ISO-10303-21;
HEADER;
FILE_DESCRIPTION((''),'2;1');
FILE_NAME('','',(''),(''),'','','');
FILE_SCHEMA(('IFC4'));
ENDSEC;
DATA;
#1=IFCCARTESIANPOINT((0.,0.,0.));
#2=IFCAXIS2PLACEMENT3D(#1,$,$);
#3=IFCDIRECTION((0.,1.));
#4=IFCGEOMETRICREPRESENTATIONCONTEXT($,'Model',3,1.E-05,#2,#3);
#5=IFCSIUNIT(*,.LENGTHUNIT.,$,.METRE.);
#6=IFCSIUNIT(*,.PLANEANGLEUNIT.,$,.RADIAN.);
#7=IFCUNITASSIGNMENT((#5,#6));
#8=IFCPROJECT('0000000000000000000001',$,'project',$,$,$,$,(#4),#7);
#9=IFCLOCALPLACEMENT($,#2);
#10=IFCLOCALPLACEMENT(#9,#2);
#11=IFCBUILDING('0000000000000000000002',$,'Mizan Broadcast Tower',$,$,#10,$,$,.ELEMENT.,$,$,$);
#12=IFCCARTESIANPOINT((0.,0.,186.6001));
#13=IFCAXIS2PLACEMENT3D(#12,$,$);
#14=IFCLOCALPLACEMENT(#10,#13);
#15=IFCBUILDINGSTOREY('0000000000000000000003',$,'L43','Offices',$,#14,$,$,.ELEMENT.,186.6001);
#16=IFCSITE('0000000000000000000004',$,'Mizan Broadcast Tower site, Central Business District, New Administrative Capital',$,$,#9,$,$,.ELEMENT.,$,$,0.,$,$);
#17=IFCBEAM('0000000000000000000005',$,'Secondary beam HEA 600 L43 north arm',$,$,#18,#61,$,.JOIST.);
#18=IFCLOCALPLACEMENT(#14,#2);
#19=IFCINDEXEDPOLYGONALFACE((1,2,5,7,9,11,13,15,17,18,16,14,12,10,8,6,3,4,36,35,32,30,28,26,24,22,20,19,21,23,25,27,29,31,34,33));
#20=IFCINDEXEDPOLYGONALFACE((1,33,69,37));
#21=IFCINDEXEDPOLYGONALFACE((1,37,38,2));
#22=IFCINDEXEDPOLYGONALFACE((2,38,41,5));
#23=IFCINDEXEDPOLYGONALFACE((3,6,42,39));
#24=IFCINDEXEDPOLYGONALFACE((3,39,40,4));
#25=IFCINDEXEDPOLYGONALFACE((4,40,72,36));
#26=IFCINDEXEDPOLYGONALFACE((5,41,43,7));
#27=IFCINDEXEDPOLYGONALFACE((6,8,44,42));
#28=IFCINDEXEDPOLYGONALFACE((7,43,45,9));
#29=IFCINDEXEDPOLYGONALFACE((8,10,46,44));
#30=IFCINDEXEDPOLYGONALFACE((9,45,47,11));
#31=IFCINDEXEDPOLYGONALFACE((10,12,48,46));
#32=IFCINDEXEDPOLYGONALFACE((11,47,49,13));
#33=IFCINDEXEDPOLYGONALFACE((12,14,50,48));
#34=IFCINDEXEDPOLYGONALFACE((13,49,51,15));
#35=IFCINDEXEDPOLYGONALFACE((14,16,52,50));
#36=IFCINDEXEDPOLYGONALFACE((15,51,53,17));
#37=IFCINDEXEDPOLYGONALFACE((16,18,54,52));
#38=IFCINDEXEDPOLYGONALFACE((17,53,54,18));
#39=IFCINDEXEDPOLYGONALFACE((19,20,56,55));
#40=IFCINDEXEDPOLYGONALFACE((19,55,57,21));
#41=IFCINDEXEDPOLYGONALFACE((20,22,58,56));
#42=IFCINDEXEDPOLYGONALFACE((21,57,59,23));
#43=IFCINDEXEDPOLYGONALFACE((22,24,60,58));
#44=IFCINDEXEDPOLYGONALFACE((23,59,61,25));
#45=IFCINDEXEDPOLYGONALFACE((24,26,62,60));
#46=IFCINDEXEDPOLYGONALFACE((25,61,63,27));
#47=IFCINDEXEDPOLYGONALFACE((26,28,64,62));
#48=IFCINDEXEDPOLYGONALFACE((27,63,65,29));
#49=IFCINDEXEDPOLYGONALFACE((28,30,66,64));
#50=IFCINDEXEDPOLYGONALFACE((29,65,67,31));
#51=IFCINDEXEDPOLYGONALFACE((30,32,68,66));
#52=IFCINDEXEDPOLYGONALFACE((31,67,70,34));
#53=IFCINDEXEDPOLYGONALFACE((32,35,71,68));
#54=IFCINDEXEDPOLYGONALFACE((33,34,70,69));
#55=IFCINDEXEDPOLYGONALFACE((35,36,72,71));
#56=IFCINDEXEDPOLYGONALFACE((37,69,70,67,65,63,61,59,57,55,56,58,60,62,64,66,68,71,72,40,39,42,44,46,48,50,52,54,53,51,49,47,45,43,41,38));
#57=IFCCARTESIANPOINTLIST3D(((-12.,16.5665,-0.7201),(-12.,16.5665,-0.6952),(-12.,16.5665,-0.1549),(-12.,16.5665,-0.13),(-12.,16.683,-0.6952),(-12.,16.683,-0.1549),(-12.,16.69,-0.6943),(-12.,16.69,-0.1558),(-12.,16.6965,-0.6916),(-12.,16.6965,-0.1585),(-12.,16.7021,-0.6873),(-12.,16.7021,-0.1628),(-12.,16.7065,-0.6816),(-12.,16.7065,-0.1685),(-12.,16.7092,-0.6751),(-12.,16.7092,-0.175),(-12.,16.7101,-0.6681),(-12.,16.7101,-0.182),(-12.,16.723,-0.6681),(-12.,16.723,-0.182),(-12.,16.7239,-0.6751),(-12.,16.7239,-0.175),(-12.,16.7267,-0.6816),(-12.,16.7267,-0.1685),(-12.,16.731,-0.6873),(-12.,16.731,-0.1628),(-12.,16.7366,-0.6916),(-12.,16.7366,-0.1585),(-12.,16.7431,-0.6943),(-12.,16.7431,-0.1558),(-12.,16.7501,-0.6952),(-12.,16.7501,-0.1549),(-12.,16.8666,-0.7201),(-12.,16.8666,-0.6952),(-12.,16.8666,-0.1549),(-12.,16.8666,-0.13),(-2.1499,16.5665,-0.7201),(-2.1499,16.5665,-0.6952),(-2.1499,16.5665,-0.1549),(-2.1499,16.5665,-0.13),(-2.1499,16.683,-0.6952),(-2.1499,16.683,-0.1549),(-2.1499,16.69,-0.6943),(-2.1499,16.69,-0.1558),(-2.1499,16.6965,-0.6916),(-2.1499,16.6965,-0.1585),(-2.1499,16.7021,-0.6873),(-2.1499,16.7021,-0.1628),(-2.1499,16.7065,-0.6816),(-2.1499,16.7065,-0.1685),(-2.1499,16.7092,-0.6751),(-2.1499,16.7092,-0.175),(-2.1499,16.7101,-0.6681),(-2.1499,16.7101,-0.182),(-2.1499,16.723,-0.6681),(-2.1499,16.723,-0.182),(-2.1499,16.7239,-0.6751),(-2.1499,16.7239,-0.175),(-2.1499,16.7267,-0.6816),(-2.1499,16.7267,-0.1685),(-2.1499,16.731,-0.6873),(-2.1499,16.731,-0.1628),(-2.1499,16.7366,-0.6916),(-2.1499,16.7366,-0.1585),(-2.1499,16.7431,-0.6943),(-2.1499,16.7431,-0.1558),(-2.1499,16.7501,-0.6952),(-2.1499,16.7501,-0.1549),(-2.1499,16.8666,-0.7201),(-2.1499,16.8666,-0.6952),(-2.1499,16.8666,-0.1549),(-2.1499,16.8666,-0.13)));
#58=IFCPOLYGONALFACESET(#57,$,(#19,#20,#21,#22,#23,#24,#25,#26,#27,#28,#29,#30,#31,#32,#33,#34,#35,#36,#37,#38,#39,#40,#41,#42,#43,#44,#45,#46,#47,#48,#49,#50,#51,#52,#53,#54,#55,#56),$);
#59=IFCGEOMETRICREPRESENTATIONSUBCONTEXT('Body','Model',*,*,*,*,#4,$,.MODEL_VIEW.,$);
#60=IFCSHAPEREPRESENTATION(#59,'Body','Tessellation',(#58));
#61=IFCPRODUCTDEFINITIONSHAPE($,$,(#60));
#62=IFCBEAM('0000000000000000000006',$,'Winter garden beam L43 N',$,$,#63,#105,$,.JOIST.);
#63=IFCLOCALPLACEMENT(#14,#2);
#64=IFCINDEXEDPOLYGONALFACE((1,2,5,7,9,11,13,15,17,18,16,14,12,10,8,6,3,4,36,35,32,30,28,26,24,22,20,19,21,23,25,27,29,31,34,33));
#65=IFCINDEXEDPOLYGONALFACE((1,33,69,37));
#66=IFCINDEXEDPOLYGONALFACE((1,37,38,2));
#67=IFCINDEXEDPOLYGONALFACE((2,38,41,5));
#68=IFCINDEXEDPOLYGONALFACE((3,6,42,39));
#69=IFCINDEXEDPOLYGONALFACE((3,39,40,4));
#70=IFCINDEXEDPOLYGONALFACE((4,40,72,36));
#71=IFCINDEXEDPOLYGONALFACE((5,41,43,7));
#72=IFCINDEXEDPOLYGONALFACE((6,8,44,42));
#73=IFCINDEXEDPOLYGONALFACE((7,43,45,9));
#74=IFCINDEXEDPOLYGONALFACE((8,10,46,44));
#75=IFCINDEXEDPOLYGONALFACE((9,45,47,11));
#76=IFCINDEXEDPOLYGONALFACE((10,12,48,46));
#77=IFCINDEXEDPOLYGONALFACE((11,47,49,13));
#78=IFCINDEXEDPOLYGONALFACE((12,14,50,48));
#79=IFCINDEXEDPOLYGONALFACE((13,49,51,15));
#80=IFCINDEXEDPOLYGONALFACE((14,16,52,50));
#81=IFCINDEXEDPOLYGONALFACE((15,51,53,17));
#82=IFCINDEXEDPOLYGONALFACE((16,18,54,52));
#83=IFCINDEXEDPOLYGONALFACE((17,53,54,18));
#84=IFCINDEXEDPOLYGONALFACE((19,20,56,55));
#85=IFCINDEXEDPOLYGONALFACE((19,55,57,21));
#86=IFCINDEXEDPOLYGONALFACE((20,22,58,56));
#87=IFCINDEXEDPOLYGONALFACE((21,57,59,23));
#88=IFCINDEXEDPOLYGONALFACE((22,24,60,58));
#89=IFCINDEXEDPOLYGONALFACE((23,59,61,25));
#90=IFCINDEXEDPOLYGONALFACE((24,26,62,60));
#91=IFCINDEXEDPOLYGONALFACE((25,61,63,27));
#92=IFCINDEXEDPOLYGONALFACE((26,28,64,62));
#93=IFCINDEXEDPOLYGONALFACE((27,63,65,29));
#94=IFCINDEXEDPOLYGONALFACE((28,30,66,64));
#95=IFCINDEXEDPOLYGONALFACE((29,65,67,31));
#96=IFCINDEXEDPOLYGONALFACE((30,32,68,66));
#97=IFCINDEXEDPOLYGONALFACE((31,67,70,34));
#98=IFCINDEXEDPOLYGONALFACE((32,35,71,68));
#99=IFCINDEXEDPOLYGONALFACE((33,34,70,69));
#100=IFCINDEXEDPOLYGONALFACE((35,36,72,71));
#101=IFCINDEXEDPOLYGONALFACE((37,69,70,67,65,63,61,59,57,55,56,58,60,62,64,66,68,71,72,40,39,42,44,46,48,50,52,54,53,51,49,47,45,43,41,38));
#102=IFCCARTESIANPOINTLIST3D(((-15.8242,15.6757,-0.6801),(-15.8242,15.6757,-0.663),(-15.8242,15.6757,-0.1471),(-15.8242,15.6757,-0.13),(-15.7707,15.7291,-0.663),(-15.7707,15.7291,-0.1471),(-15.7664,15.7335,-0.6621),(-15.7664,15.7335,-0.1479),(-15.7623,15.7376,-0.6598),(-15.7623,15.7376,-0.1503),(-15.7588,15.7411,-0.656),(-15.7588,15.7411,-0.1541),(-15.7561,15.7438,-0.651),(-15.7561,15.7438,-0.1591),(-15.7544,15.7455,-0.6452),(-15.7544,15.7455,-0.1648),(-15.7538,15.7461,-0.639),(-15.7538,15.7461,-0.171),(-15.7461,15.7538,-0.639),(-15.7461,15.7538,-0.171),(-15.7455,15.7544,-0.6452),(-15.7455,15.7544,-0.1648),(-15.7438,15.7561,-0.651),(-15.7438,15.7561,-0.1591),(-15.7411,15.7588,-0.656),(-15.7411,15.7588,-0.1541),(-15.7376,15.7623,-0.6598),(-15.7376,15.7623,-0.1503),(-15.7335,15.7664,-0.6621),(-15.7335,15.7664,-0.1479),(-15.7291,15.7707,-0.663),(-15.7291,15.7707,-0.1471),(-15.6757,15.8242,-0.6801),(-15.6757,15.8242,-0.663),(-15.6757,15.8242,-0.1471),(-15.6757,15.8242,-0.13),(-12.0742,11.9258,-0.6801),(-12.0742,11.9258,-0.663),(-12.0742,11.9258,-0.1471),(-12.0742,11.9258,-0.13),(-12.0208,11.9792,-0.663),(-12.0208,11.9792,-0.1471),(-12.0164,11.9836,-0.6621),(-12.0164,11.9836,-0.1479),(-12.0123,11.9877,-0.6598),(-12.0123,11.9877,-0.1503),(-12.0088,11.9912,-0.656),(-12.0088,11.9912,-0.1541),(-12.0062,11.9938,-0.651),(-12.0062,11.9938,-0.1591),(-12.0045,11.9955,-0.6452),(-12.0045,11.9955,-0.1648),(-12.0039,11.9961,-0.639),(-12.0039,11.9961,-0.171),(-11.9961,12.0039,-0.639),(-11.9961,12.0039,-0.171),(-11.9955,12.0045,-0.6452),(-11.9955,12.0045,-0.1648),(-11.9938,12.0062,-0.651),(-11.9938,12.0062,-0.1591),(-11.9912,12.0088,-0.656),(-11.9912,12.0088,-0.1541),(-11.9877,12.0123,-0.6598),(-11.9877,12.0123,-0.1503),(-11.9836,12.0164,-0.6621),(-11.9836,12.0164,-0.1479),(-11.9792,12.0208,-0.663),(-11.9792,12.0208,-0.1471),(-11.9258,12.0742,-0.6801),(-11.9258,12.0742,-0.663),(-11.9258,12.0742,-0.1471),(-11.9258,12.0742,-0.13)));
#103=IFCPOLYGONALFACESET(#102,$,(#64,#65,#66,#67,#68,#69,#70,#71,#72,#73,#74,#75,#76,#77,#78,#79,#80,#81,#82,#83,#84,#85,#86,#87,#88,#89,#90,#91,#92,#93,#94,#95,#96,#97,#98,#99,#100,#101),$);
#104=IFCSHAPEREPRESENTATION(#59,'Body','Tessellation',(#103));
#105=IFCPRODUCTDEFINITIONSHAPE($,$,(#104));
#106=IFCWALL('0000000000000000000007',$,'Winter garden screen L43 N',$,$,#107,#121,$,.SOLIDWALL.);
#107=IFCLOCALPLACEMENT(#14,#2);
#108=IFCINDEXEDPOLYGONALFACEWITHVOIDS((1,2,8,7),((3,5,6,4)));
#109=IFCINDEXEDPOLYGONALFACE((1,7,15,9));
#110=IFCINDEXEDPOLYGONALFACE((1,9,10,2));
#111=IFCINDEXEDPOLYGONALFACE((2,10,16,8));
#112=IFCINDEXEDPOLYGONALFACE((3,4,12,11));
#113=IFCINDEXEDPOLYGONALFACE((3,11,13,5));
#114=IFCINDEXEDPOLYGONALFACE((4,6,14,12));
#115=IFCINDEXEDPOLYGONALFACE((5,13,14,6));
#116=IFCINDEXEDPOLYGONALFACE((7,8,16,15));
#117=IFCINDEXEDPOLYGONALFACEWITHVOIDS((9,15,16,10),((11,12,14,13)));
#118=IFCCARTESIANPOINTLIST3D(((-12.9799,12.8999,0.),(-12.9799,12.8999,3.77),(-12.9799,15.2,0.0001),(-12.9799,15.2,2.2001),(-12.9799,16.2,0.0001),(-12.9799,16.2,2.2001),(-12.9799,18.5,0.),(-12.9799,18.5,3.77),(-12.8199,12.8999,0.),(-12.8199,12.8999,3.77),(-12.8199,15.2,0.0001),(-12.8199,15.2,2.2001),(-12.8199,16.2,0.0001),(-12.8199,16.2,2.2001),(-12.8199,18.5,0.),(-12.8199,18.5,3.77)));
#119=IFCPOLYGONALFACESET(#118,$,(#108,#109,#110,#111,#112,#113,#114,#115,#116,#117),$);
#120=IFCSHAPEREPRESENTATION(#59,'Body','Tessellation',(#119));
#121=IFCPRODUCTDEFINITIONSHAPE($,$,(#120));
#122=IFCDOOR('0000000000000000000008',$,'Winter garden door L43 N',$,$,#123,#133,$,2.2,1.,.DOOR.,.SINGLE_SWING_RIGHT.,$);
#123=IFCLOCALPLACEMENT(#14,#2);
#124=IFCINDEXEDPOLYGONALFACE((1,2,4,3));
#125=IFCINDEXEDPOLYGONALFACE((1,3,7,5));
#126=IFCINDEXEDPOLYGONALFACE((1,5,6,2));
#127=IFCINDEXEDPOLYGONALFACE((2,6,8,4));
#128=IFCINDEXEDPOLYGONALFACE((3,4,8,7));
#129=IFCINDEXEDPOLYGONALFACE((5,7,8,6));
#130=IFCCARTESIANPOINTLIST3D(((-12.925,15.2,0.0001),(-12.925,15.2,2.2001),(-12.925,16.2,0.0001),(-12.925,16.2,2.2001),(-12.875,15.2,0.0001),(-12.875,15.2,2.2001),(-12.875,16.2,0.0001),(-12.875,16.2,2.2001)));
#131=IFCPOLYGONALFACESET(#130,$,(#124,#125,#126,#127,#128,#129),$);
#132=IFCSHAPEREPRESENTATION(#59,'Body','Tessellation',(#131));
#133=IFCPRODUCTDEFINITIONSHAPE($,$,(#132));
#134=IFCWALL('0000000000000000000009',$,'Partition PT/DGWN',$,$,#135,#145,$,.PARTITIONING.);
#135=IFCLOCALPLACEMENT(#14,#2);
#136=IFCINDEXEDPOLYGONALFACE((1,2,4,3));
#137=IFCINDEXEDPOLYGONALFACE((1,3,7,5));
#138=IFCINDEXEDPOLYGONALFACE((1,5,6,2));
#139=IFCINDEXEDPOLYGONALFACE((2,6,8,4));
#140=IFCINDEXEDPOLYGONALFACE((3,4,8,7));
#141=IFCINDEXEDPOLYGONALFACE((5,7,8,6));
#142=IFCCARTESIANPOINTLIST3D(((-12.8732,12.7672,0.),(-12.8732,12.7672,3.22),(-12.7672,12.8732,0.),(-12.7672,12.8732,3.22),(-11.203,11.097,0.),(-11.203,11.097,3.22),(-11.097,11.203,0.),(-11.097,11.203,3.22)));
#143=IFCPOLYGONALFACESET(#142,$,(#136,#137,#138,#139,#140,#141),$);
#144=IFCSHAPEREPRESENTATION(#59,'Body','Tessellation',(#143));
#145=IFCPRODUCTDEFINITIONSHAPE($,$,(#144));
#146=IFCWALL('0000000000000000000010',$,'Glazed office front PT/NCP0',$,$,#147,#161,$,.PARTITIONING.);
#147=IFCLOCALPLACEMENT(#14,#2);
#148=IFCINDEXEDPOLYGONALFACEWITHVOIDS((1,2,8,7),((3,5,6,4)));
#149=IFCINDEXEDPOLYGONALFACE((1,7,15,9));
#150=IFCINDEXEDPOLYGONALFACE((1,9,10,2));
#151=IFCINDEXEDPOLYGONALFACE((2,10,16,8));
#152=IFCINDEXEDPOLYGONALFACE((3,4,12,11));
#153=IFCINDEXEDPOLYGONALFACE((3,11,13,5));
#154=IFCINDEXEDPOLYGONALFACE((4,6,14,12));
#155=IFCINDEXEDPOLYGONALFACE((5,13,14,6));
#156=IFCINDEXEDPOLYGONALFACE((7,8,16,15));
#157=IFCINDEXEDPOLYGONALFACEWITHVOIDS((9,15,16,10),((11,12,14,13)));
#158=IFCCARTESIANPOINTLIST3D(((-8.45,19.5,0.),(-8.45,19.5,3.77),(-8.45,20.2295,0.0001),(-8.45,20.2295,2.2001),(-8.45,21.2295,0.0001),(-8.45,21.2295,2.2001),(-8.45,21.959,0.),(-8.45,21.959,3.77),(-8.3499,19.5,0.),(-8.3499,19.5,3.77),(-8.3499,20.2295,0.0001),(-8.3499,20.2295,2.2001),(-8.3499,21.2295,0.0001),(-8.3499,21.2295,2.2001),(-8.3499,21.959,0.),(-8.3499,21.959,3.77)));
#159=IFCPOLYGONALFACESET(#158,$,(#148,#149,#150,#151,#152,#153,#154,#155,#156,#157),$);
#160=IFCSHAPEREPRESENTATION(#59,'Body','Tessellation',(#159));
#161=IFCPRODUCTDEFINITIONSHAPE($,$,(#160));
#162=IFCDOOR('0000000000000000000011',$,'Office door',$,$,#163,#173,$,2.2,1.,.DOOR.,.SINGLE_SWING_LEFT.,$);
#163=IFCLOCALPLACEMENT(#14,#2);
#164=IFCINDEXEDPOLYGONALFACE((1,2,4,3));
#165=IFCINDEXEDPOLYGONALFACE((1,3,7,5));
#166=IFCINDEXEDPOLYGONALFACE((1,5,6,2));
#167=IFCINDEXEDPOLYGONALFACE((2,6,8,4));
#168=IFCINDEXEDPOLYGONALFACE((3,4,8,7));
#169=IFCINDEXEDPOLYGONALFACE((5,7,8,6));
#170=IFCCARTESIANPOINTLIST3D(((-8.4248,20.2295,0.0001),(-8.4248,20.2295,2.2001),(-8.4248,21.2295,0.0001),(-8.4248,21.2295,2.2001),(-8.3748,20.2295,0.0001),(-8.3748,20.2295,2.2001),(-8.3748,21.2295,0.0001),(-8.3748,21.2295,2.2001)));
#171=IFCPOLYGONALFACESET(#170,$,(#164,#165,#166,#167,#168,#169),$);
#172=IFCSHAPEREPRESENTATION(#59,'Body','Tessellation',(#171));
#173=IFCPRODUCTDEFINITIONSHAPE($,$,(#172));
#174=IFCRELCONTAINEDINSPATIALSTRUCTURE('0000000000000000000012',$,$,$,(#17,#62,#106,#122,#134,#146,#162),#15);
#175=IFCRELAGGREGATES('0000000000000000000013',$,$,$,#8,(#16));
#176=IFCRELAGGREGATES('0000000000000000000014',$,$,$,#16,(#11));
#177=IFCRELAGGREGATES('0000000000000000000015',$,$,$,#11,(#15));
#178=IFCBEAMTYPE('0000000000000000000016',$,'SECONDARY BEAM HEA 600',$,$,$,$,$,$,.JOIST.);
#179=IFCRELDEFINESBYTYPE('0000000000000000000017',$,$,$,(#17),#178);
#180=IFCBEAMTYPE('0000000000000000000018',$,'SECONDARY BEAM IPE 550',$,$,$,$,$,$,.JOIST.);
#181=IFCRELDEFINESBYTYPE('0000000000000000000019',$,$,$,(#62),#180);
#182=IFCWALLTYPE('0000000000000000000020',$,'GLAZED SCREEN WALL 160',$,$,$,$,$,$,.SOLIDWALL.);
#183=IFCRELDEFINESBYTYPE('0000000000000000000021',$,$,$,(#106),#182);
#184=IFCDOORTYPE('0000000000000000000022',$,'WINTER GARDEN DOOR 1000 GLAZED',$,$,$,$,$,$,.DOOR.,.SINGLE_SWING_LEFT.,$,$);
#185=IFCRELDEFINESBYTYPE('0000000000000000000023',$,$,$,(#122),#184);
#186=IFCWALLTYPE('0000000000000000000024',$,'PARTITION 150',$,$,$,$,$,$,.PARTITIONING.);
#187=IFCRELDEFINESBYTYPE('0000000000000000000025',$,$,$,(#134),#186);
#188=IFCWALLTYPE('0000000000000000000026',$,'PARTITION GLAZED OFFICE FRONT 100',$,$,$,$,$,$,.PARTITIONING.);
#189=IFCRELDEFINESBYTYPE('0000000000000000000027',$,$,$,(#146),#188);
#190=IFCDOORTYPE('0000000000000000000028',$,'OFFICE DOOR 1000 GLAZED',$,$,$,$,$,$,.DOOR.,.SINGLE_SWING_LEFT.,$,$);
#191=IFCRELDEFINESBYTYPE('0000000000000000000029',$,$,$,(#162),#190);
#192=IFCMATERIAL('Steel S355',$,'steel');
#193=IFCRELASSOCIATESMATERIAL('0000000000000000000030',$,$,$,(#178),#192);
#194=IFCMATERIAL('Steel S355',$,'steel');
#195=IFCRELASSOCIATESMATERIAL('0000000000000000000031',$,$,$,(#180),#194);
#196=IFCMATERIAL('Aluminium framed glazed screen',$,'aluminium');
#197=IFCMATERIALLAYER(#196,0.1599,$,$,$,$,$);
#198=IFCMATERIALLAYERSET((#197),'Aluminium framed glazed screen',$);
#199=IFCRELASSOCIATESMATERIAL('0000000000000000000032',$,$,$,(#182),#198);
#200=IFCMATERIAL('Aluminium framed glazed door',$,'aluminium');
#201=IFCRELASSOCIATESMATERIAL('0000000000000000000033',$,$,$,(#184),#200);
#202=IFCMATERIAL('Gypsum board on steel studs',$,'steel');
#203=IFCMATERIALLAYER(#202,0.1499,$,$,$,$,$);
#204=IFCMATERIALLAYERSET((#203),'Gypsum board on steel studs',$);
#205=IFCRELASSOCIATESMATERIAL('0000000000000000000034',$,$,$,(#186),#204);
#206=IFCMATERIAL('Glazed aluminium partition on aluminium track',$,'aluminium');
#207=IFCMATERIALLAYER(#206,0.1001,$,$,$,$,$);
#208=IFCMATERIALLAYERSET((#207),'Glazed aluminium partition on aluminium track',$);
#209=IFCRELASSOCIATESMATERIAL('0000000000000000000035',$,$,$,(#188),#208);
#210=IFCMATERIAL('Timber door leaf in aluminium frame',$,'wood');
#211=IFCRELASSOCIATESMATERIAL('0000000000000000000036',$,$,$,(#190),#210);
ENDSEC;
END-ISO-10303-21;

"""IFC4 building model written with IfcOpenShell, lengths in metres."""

from ifc_helpers import new_model, si_unit, direction, frame, frame_2d, origin, origin_2d, place, context, subcontext, project, spatial, rectangle, i_section, extrude, material, layer, layer_set, material_profile, profile_set, type_object, element, fill, save


model = new_model("IFC4")

# Units and contexts
model_context = context("Model", 3, precision=1e-05, world=origin(), true_north=direction((0.0, 1.0)))
body_context = subcontext(model_context, "Body", "Model", "MODEL_VIEW")
ifc_project = project(units=[si_unit("LENGTHUNIT", "METRE"), si_unit("PLANEANGLEUNIT", "RADIAN")], contexts=[model_context])

# Site, building, storey
site_placement = place(None, origin())
site = spatial("IfcSite", under=ifc_project, at=site_placement, Name="Mizan Broadcast Tower site, Central Business District, New Administrative Capital", CompositionType="ELEMENT", RefElevation=0.0)
building_placement = place(site_placement, origin())
building = spatial("IfcBuilding", under=site, at=building_placement, Name="Mizan Broadcast Tower", CompositionType="ELEMENT")
storey_placement = place(building_placement, frame((0.0, 0.0, 186.6001)))
storey = spatial("IfcBuildingStorey", under=building, at=storey_placement, Name="L43", Description="Offices", CompositionType="ELEMENT", Elevation=186.6001)

# Beams
ifc_material_1 = material(Name="Steel S355", Category="steel")
ifc_material_profile_1 = material_profile(ifc_material_1, i_section(OverallWidth=0.3, OverallDepth=0.5901, WebThickness=0.0129, FlangeThickness=0.0249, FilletRadius=0.0271, at=origin_2d()), Name="HEA 600")
ifc_profile_set_1 = profile_set([ifc_material_profile_1], Name="Steel S355")
beam_type_1 = type_object("IfcBeamType", Name="SECONDARY BEAM HEA 600", PredefinedType="JOIST", material=ifc_profile_set_1)
for number, where, z_axis, x_axis, name in (
    (1, (-12.0, 16.7166, -0.425), (1.0, 0.0, 0.0), (0.0, 1.0, 0.0), "Secondary beam HEA 600 L43 north arm"),
):
    element("IfcBeam", number, at=place(storey_placement, frame(where, z_axis=z_axis, x_axis=x_axis)), inside=storey, type_object=beam_type_1, Name=name, PredefinedType="JOIST", context=body_context, shape_type="SweptSolid", body=[
        extrude(i_section(OverallWidth=0.3, OverallDepth=0.5901, WebThickness=0.0129, FlangeThickness=0.0249, FilletRadius=0.0271, at=origin_2d()), origin(), (0.0, 0.0, 1.0), 9.8501),
    ])
ifc_material_2 = material(Name="Steel S355", Category="steel")
ifc_material_profile_2 = material_profile(ifc_material_2, i_section(OverallWidth=0.21, OverallDepth=0.55, WebThickness=0.011, FlangeThickness=0.0171, FilletRadius=0.0239, at=origin_2d()), Name="IPE 550")
ifc_profile_set_2 = profile_set([ifc_material_profile_2], Name="Steel S355")
beam_type_2 = type_object("IfcBeamType", Name="SECONDARY BEAM IPE 550", PredefinedType="JOIST", material=ifc_profile_set_2)
beam_1_placement = place(storey_placement, frame((-12.0, 12.0, -0.405), z_axis=(-0.707107, 0.707107, 0.0), x_axis=(-0.707107, -0.707107, 0.0)))
element("IfcBeam", 2, at=beam_1_placement, inside=storey, type_object=beam_type_2, Name="Winter garden beam L43 N", PredefinedType="JOIST", context=body_context, shape_type="SweptSolid", body=[
    extrude(i_section(OverallWidth=0.21, OverallDepth=0.55, WebThickness=0.011, FlangeThickness=0.0171, FilletRadius=0.0239, at=origin_2d()), origin(), (0.0, 0.0, 1.0), 5.3032),
])

# Wall, opening, door
ifc_material_3 = material(Name="Aluminium framed glazed screen", Category="aluminium")
ifc_layer_1 = layer(ifc_material_3, 0.1599)
ifc_layer_set_1 = layer_set([ifc_layer_1], Name="Aluminium framed glazed screen")
wall_type_1 = type_object("IfcWallType", Name="GLAZED SCREEN WALL 160", PredefinedType="SOLIDWALL", material=ifc_layer_set_1)
wall_1_placement = place(storey_placement, frame((-12.8999, 18.5, 0.0), z_axis=(0.0, 0.0, 1.0), x_axis=(0.0, -1.0, 0.0)))
wall_1 = element("IfcWall", 3, at=wall_1_placement, inside=storey, type_object=wall_type_1, Name="Winter garden screen L43 N", PredefinedType="SOLIDWALL", context=body_context, shape_type="SweptSolid", body=[
    extrude(rectangle(XDim=5.6001, YDim=0.1599, at=frame_2d((2.8, 0.0))), origin(), (0.0, 0.0, 1.0), 3.77),
])
opening_1_placement = place(wall_1_placement, frame((2.3, 0.0, 0.0)))
opening_1 = element("IfcOpeningElement", 4, at=opening_1_placement, cuts=wall_1, PredefinedType="OPENING", context=body_context, shape_type="SweptSolid", body=[
    extrude(rectangle(XDim=1.0, YDim=2.2, at=frame_2d((0.5, 1.1001))), frame((0.0, 0.0898, 0.0), z_axis=(0.0, -1.0, 0.0), x_axis=(1.0, 0.0, 0.0)), (0.0, 0.0, 1.0), 0.1799),
])
ifc_material_4 = material(Name="Aluminium framed glazed door", Category="aluminium")
door_type_1 = type_object("IfcDoorType", Name="WINTER GARDEN DOOR 1000 GLAZED", OperationType="SINGLE_SWING_LEFT", PredefinedType="DOOR", material=ifc_material_4)
door_1_placement = place(opening_1_placement, origin())
door_1 = element("IfcDoor", 5, at=door_1_placement, inside=storey, type_object=door_type_1, Name="Winter garden door L43 N", OperationType="SINGLE_SWING_RIGHT", OverallHeight=2.2, OverallWidth=1.0, PredefinedType="DOOR", context=body_context, shape_type="SweptSolid", body=[
    extrude(rectangle(XDim=1.0, YDim=2.2, at=frame_2d((0.5, 1.1001))), frame((0.0, 0.0249, 0.0), z_axis=(0.0, -1.0, 0.0), x_axis=(1.0, 0.0, 0.0)), (0.0, 0.0, 1.0), 0.05),
])
fill(opening_1, door_1)

# Wall
ifc_material_5 = material(Name="Gypsum board on steel studs", Category="steel")
ifc_layer_2 = layer(ifc_material_5, 0.1499)
ifc_layer_set_2 = layer_set([ifc_layer_2], Name="Gypsum board on steel studs")
wall_type_2 = type_object("IfcWallType", Name="PARTITION 150", PredefinedType="PARTITIONING", material=ifc_layer_set_2)
wall_2_placement = place(storey_placement, frame((-11.1499, 11.1499, 0.0), z_axis=(0.0, 0.0, 1.0), x_axis=(-0.707107, 0.707107, 0.0)))
element("IfcWall", 6, at=wall_2_placement, inside=storey, type_object=wall_type_2, Name="Partition PT/DGWN", PredefinedType="PARTITIONING", context=body_context, shape_type="SweptSolid", body=[
    extrude(rectangle(XDim=2.3621, YDim=0.1499, at=frame_2d((1.1812, 0.0))), origin(), (0.0, 0.0, 1.0), 3.22),
])

# Wall, opening, door
ifc_material_6 = material(Name="Glazed aluminium partition on aluminium track", Category="aluminium")
ifc_layer_3 = layer(ifc_material_6, 0.1001)
ifc_layer_set_3 = layer_set([ifc_layer_3], Name="Glazed aluminium partition on aluminium track")
wall_type_3 = type_object("IfcWallType", Name="PARTITION GLAZED OFFICE FRONT 100", PredefinedType="PARTITIONING", material=ifc_layer_set_3)
wall_3_placement = place(storey_placement, frame((-8.3999, 19.5, 0.0), z_axis=(0.0, 0.0, 1.0), x_axis=(0.0, 1.0, 0.0)))
wall_3 = element("IfcWall", 7, at=wall_3_placement, inside=storey, type_object=wall_type_3, Name="Glazed office front PT/NCP0", PredefinedType="PARTITIONING", context=body_context, shape_type="SweptSolid", body=[
    extrude(rectangle(XDim=2.459, YDim=0.1001, at=frame_2d((1.2295, 0.0))), origin(), (0.0, 0.0, 1.0), 3.77),
])
opening_2_placement = place(wall_3_placement, frame((0.7295, 0.0, 0.0)))
opening_2 = element("IfcOpeningElement", 8, at=opening_2_placement, cuts=wall_3, PredefinedType="OPENING", context=body_context, shape_type="SweptSolid", body=[
    extrude(rectangle(XDim=1.0, YDim=2.2, at=frame_2d((0.5, 1.1001))), frame((0.0, 0.0601, 0.0), z_axis=(0.0, -1.0, 0.0), x_axis=(1.0, 0.0, 0.0)), (0.0, 0.0, 1.0), 0.1201),
])
ifc_material_7 = material(Name="Timber door leaf in aluminium frame", Category="wood")
door_type_2 = type_object("IfcDoorType", Name="OFFICE DOOR 1000 GLAZED", OperationType="SINGLE_SWING_LEFT", PredefinedType="DOOR", material=ifc_material_7)
door_2_placement = place(opening_2_placement, origin())
door_2 = element("IfcDoor", 9, at=door_2_placement, inside=storey, type_object=door_type_2, Name="Office door", OperationType="SINGLE_SWING_LEFT", OverallHeight=2.2, OverallWidth=1.0, PredefinedType="DOOR", context=body_context, shape_type="SweptSolid", body=[
    extrude(rectangle(XDim=1.0, YDim=2.2, at=frame_2d((0.5, 1.1001))), frame((0.0, 0.0249, 0.0), z_axis=(0.0, -1.0, 0.0), x_axis=(1.0, 0.0, 0.0)), (0.0, 0.0, 1.0), 0.05),
])
fill(opening_2, door_2)

save(model, "model.ifc")
